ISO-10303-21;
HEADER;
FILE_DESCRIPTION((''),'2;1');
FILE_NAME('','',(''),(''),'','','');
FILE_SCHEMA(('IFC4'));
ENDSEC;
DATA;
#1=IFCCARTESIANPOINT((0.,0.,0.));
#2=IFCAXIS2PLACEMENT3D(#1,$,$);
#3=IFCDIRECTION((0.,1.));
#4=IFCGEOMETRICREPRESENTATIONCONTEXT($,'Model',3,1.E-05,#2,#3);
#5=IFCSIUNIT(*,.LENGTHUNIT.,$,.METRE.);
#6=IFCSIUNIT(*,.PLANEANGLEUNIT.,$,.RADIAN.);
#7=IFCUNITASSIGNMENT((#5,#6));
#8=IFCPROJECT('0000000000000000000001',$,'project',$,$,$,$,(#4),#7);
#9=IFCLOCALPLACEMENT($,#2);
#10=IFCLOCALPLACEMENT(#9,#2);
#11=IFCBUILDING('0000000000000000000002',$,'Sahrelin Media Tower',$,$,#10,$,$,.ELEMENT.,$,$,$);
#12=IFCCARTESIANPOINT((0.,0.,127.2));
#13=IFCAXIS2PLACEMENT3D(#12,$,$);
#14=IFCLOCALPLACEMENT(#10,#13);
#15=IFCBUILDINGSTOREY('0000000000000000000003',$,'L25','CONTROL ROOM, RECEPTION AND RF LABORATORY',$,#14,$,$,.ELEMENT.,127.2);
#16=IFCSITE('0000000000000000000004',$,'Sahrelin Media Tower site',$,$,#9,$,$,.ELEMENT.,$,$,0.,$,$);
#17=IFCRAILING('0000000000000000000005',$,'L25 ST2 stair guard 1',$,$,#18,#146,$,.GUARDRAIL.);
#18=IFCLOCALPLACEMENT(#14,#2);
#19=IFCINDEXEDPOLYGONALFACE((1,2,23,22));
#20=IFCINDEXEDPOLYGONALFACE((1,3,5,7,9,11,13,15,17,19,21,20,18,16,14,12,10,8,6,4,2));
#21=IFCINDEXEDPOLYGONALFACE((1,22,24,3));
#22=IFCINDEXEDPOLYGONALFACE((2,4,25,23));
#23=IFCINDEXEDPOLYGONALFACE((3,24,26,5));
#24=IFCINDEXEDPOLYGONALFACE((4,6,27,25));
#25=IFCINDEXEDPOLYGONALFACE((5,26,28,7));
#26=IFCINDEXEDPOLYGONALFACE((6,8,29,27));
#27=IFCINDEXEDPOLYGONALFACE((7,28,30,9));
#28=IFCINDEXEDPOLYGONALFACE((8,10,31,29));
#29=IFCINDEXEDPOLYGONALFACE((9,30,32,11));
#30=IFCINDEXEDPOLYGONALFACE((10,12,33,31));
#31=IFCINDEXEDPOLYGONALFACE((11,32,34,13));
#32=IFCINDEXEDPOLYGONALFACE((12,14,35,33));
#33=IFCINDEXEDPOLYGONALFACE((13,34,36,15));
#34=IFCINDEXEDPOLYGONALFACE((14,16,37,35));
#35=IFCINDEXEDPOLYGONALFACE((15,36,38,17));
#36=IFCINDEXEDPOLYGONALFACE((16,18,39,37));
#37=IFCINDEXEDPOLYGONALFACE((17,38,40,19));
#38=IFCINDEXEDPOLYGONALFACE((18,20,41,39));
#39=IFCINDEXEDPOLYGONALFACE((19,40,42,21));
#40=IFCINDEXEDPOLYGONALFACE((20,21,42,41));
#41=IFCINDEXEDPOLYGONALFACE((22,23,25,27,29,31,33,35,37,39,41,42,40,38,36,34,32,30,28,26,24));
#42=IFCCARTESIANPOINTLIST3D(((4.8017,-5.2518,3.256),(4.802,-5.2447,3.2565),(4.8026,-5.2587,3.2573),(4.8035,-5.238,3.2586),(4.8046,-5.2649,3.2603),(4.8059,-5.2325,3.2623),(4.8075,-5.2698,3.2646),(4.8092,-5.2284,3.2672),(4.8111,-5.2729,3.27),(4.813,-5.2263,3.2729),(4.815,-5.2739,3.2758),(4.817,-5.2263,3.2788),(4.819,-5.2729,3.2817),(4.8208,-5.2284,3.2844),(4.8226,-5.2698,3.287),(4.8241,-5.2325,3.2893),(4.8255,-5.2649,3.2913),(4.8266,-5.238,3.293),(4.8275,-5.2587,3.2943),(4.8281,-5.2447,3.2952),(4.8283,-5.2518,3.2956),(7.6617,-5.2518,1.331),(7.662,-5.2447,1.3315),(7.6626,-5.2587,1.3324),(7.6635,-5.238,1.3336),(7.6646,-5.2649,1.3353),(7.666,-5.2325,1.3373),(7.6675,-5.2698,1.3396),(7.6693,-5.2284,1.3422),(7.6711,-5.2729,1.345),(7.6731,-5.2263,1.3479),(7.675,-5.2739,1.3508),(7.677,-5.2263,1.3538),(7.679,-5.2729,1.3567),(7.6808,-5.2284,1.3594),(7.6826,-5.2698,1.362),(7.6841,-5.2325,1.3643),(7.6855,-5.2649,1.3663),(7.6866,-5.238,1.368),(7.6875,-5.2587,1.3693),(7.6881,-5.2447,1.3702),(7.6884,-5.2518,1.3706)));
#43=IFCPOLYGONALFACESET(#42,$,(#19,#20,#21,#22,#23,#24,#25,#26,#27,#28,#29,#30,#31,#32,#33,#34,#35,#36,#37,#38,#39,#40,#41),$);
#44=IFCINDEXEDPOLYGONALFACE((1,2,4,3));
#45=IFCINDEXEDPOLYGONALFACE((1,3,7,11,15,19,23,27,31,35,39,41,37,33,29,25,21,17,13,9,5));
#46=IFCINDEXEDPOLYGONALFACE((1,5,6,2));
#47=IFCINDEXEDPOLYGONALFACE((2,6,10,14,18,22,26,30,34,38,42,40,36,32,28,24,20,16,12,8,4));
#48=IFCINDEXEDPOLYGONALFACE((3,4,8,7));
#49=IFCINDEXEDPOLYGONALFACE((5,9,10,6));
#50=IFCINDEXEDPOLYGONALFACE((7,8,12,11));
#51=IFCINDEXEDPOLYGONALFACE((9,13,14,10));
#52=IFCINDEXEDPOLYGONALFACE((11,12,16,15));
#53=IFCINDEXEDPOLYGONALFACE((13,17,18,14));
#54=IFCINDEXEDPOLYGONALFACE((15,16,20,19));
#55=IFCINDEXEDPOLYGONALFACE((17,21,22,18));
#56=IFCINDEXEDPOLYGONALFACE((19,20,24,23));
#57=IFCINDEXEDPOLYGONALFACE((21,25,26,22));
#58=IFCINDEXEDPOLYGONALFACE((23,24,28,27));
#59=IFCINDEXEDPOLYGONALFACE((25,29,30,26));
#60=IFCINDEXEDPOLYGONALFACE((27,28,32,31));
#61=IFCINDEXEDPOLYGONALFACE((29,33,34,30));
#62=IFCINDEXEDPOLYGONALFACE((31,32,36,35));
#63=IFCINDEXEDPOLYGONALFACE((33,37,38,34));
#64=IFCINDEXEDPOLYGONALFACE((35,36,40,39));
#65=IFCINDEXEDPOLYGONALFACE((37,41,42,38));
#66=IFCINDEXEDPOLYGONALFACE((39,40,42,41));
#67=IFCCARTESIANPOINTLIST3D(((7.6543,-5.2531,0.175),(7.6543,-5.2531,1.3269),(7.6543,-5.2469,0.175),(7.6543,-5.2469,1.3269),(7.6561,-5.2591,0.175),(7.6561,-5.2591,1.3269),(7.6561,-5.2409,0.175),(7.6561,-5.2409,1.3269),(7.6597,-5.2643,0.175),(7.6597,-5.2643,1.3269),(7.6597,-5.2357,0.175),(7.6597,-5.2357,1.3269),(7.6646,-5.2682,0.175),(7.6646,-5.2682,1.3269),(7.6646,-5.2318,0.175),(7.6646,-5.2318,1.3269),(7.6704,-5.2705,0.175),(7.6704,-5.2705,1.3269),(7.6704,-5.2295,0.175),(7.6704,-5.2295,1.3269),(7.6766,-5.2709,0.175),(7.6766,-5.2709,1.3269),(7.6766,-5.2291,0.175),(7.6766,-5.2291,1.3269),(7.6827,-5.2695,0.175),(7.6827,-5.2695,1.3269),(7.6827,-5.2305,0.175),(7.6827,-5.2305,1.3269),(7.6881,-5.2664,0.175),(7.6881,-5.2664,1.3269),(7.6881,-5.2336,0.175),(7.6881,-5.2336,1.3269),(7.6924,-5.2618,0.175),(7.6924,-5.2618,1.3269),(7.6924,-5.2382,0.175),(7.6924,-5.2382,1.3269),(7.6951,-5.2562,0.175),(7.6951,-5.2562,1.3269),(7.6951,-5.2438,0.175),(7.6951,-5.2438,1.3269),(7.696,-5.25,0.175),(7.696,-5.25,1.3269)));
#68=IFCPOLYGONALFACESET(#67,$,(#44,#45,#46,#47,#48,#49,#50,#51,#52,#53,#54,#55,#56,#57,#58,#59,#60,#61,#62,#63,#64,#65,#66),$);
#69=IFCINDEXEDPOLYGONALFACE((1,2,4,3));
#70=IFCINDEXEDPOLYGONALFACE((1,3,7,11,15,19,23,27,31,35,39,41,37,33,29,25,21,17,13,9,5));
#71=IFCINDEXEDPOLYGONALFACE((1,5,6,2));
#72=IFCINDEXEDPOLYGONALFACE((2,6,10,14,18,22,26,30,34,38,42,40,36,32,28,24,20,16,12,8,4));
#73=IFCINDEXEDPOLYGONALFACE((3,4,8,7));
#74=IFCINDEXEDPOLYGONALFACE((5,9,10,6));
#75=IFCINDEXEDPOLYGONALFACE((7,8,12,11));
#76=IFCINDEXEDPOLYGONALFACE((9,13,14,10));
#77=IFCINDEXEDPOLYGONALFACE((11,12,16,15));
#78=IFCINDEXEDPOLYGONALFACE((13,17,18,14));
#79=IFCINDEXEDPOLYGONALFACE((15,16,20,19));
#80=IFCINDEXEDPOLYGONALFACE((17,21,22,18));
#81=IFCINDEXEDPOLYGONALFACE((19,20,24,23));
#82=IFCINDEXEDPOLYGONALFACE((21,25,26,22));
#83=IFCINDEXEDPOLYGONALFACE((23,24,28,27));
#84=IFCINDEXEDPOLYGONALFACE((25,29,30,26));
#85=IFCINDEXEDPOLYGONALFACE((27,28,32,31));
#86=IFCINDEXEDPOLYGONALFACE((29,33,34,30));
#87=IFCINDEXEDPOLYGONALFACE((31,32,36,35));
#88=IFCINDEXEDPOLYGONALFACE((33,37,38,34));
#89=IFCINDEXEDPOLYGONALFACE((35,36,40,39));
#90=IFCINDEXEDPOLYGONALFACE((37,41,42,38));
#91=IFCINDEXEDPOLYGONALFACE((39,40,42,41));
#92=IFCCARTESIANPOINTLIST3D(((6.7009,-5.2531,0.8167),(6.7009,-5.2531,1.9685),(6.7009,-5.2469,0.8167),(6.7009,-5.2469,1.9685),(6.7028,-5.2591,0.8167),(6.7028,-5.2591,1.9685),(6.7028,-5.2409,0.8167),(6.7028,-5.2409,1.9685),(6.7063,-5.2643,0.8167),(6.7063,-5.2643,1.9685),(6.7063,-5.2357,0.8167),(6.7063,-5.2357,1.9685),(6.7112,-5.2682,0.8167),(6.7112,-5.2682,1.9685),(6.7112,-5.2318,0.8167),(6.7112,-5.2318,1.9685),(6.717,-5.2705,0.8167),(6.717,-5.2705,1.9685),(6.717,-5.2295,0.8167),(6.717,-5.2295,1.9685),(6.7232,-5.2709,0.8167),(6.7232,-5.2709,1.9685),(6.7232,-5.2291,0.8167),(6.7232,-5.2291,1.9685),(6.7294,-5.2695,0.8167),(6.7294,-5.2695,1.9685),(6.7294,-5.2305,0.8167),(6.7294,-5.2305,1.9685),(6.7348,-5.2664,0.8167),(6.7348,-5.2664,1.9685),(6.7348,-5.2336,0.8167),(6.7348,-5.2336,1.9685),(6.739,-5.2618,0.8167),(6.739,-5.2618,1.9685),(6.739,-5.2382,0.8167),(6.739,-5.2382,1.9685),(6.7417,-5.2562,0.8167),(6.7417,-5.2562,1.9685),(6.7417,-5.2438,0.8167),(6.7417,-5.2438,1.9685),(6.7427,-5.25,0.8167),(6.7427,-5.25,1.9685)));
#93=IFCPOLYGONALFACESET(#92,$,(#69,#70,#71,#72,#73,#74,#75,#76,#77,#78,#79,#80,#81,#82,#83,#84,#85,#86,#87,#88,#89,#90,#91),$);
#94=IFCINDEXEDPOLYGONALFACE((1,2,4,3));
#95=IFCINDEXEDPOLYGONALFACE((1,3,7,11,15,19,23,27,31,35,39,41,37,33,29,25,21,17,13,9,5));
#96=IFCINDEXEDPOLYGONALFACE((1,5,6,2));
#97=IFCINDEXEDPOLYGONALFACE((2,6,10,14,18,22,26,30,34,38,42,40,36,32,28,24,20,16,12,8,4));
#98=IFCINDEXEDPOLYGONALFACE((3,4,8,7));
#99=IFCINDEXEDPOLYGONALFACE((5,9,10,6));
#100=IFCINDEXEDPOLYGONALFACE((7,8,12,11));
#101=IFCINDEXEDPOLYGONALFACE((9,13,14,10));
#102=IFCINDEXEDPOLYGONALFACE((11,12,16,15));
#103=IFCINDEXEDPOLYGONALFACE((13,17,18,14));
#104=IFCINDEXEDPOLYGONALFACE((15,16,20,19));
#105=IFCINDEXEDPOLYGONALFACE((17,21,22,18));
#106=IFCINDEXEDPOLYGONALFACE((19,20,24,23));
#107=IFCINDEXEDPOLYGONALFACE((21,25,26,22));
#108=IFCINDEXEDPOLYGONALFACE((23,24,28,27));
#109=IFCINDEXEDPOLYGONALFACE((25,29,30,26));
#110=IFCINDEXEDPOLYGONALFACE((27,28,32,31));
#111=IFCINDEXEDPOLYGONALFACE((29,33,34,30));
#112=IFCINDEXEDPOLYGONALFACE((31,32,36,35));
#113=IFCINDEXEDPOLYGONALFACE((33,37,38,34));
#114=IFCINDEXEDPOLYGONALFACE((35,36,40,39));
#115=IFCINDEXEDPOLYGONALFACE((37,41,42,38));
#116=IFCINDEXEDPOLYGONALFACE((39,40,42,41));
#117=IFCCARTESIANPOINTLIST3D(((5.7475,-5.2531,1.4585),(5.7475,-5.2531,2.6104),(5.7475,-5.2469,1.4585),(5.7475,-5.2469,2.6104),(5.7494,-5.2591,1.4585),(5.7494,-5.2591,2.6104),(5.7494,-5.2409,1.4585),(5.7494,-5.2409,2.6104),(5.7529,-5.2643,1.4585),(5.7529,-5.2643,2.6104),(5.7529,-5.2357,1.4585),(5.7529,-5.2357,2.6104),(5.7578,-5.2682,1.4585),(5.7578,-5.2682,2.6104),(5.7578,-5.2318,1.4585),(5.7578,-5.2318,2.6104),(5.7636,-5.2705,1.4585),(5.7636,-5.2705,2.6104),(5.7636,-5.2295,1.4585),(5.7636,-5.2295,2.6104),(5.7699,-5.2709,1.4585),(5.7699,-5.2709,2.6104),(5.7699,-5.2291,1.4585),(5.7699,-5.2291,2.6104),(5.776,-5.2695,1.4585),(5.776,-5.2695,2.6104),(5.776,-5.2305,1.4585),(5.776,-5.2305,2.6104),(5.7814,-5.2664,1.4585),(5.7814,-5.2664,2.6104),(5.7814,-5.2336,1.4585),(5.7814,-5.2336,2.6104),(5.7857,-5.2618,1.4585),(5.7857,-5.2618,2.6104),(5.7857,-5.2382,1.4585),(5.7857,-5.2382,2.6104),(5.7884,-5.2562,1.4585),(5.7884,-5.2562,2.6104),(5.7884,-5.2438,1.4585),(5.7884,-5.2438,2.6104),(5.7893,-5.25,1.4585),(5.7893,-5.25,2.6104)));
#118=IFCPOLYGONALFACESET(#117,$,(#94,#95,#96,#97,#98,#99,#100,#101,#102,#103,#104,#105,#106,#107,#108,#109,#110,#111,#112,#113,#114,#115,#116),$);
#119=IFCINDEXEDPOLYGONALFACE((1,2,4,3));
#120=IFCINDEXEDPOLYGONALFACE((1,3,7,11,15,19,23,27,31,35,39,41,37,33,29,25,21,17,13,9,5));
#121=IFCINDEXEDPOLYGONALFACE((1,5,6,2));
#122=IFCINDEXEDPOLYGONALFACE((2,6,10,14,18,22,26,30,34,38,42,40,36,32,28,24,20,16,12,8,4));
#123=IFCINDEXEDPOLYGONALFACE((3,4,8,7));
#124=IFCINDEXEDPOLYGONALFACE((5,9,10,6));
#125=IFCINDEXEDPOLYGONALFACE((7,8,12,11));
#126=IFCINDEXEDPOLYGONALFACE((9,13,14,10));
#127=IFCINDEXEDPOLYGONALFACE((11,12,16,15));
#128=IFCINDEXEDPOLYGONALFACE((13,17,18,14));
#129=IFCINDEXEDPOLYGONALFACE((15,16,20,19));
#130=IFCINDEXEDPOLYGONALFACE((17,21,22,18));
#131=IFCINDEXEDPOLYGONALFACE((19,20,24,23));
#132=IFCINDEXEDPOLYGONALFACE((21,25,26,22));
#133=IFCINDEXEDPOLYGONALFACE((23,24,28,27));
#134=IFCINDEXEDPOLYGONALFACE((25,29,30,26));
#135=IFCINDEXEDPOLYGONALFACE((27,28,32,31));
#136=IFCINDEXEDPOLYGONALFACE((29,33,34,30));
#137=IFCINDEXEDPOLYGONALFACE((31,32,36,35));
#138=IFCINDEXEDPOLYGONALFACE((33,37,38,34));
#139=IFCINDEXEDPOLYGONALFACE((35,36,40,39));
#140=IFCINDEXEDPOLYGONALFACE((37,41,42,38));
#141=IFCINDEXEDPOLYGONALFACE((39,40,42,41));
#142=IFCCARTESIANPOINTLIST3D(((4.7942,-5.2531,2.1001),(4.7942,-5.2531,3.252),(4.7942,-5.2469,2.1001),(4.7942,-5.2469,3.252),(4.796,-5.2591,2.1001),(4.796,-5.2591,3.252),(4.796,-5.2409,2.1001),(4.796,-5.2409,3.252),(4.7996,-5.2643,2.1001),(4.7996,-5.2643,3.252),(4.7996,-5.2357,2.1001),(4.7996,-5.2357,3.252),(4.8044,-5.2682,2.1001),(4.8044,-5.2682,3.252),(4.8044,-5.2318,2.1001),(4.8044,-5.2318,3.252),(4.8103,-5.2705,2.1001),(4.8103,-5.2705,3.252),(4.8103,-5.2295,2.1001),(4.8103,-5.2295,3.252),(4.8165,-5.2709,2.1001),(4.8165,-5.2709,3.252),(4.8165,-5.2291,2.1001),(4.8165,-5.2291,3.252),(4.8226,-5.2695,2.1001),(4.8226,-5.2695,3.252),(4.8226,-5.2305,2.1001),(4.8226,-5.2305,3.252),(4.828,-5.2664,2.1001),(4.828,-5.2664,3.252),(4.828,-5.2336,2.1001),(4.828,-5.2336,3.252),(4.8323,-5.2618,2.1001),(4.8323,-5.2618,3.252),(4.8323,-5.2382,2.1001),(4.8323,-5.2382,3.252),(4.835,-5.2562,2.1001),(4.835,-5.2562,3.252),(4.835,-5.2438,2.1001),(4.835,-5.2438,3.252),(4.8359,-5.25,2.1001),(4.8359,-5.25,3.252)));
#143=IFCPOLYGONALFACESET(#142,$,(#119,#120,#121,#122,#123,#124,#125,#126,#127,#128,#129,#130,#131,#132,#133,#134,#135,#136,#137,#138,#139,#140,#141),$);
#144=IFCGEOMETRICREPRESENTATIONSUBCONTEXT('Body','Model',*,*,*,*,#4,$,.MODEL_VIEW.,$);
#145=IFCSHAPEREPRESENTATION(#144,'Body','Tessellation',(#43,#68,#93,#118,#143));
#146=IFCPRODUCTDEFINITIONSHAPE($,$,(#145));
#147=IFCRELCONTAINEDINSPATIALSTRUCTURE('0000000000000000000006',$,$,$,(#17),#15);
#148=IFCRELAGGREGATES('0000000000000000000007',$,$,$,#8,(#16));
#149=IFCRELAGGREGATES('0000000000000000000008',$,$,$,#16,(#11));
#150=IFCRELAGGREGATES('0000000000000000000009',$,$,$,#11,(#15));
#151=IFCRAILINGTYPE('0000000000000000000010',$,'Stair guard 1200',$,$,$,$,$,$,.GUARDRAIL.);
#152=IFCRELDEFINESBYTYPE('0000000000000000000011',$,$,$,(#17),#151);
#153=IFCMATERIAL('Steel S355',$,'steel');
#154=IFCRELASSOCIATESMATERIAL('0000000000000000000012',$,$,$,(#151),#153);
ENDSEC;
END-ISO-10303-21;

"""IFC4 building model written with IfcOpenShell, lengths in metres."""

from ifc_helpers import new_model, si_unit, direction, frame, origin, origin_2d, place, context, subcontext, project, spatial, circle, extrude, material, type_object, element, save


model = new_model("IFC4")

# Units and contexts
model_context = context("Model", 3, precision=1e-05, world=origin(), true_north=direction((0.0, 1.0)))
body_context = subcontext(model_context, "Body", "Model", "MODEL_VIEW")
ifc_project = project(units=[si_unit("LENGTHUNIT", "METRE"), si_unit("PLANEANGLEUNIT", "RADIAN")], contexts=[model_context])

# Site, building, storey
site_placement = place(None, origin())
site = spatial("IfcSite", under=ifc_project, at=site_placement, Name="Sahrelin Media Tower site", CompositionType="ELEMENT", RefElevation=0.0)
building_placement = place(site_placement, origin())
building = spatial("IfcBuilding", under=site, at=building_placement, Name="Sahrelin Media Tower", CompositionType="ELEMENT")
storey_placement = place(building_placement, frame((0.0, 0.0, 127.2)))
storey = spatial("IfcBuildingStorey", under=building, at=storey_placement, Name="L25", Description="CONTROL ROOM, RECEPTION AND RF LABORATORY", CompositionType="ELEMENT", Elevation=127.2)

# Shared definitions
ifc_material_1 = material(Name="Steel S355", Category="steel")

# Railing
railing_type_1 = type_object("IfcRailingType", Name="Stair guard 1200", PredefinedType="GUARDRAIL", material=ifc_material_1)
railing_1_placement = place(storey_placement, frame((7.675, -5.25, 0.175)))
element("IfcRailing", 1, at=railing_1_placement, inside=storey, type_object=railing_type_1, Name="L25 ST2 stair guard 1", PredefinedType="GUARDRAIL", context=body_context, shape_type="SweptSolid", body=[
    extrude(circle(Radius=0.0239, at=origin_2d()), frame((0.0, 0.0, 1.1758), z_axis=(-0.829591, 0.0, 0.558372), x_axis=(0.0, -1.0, 0.0)), (0.0, 0.0, 1.0), 3.4475),
    extrude(circle(Radius=0.021, at=origin_2d()), origin(), (0.0, 0.0, 1.0), 1.1519),
    extrude(circle(Radius=0.021, at=origin_2d()), frame((-0.9534, 0.0, 0.6416)), (0.0, 0.0, 1.0), 1.1519),
    extrude(circle(Radius=0.021, at=origin_2d()), frame((-1.9067, 0.0, 1.2834)), (0.0, 0.0, 1.0), 1.1519),
    extrude(circle(Radius=0.021, at=origin_2d()), frame((-2.8601, 0.0, 1.925)), (0.0, 0.0, 1.0), 1.1519),
])

save(model, "model.ifc")
